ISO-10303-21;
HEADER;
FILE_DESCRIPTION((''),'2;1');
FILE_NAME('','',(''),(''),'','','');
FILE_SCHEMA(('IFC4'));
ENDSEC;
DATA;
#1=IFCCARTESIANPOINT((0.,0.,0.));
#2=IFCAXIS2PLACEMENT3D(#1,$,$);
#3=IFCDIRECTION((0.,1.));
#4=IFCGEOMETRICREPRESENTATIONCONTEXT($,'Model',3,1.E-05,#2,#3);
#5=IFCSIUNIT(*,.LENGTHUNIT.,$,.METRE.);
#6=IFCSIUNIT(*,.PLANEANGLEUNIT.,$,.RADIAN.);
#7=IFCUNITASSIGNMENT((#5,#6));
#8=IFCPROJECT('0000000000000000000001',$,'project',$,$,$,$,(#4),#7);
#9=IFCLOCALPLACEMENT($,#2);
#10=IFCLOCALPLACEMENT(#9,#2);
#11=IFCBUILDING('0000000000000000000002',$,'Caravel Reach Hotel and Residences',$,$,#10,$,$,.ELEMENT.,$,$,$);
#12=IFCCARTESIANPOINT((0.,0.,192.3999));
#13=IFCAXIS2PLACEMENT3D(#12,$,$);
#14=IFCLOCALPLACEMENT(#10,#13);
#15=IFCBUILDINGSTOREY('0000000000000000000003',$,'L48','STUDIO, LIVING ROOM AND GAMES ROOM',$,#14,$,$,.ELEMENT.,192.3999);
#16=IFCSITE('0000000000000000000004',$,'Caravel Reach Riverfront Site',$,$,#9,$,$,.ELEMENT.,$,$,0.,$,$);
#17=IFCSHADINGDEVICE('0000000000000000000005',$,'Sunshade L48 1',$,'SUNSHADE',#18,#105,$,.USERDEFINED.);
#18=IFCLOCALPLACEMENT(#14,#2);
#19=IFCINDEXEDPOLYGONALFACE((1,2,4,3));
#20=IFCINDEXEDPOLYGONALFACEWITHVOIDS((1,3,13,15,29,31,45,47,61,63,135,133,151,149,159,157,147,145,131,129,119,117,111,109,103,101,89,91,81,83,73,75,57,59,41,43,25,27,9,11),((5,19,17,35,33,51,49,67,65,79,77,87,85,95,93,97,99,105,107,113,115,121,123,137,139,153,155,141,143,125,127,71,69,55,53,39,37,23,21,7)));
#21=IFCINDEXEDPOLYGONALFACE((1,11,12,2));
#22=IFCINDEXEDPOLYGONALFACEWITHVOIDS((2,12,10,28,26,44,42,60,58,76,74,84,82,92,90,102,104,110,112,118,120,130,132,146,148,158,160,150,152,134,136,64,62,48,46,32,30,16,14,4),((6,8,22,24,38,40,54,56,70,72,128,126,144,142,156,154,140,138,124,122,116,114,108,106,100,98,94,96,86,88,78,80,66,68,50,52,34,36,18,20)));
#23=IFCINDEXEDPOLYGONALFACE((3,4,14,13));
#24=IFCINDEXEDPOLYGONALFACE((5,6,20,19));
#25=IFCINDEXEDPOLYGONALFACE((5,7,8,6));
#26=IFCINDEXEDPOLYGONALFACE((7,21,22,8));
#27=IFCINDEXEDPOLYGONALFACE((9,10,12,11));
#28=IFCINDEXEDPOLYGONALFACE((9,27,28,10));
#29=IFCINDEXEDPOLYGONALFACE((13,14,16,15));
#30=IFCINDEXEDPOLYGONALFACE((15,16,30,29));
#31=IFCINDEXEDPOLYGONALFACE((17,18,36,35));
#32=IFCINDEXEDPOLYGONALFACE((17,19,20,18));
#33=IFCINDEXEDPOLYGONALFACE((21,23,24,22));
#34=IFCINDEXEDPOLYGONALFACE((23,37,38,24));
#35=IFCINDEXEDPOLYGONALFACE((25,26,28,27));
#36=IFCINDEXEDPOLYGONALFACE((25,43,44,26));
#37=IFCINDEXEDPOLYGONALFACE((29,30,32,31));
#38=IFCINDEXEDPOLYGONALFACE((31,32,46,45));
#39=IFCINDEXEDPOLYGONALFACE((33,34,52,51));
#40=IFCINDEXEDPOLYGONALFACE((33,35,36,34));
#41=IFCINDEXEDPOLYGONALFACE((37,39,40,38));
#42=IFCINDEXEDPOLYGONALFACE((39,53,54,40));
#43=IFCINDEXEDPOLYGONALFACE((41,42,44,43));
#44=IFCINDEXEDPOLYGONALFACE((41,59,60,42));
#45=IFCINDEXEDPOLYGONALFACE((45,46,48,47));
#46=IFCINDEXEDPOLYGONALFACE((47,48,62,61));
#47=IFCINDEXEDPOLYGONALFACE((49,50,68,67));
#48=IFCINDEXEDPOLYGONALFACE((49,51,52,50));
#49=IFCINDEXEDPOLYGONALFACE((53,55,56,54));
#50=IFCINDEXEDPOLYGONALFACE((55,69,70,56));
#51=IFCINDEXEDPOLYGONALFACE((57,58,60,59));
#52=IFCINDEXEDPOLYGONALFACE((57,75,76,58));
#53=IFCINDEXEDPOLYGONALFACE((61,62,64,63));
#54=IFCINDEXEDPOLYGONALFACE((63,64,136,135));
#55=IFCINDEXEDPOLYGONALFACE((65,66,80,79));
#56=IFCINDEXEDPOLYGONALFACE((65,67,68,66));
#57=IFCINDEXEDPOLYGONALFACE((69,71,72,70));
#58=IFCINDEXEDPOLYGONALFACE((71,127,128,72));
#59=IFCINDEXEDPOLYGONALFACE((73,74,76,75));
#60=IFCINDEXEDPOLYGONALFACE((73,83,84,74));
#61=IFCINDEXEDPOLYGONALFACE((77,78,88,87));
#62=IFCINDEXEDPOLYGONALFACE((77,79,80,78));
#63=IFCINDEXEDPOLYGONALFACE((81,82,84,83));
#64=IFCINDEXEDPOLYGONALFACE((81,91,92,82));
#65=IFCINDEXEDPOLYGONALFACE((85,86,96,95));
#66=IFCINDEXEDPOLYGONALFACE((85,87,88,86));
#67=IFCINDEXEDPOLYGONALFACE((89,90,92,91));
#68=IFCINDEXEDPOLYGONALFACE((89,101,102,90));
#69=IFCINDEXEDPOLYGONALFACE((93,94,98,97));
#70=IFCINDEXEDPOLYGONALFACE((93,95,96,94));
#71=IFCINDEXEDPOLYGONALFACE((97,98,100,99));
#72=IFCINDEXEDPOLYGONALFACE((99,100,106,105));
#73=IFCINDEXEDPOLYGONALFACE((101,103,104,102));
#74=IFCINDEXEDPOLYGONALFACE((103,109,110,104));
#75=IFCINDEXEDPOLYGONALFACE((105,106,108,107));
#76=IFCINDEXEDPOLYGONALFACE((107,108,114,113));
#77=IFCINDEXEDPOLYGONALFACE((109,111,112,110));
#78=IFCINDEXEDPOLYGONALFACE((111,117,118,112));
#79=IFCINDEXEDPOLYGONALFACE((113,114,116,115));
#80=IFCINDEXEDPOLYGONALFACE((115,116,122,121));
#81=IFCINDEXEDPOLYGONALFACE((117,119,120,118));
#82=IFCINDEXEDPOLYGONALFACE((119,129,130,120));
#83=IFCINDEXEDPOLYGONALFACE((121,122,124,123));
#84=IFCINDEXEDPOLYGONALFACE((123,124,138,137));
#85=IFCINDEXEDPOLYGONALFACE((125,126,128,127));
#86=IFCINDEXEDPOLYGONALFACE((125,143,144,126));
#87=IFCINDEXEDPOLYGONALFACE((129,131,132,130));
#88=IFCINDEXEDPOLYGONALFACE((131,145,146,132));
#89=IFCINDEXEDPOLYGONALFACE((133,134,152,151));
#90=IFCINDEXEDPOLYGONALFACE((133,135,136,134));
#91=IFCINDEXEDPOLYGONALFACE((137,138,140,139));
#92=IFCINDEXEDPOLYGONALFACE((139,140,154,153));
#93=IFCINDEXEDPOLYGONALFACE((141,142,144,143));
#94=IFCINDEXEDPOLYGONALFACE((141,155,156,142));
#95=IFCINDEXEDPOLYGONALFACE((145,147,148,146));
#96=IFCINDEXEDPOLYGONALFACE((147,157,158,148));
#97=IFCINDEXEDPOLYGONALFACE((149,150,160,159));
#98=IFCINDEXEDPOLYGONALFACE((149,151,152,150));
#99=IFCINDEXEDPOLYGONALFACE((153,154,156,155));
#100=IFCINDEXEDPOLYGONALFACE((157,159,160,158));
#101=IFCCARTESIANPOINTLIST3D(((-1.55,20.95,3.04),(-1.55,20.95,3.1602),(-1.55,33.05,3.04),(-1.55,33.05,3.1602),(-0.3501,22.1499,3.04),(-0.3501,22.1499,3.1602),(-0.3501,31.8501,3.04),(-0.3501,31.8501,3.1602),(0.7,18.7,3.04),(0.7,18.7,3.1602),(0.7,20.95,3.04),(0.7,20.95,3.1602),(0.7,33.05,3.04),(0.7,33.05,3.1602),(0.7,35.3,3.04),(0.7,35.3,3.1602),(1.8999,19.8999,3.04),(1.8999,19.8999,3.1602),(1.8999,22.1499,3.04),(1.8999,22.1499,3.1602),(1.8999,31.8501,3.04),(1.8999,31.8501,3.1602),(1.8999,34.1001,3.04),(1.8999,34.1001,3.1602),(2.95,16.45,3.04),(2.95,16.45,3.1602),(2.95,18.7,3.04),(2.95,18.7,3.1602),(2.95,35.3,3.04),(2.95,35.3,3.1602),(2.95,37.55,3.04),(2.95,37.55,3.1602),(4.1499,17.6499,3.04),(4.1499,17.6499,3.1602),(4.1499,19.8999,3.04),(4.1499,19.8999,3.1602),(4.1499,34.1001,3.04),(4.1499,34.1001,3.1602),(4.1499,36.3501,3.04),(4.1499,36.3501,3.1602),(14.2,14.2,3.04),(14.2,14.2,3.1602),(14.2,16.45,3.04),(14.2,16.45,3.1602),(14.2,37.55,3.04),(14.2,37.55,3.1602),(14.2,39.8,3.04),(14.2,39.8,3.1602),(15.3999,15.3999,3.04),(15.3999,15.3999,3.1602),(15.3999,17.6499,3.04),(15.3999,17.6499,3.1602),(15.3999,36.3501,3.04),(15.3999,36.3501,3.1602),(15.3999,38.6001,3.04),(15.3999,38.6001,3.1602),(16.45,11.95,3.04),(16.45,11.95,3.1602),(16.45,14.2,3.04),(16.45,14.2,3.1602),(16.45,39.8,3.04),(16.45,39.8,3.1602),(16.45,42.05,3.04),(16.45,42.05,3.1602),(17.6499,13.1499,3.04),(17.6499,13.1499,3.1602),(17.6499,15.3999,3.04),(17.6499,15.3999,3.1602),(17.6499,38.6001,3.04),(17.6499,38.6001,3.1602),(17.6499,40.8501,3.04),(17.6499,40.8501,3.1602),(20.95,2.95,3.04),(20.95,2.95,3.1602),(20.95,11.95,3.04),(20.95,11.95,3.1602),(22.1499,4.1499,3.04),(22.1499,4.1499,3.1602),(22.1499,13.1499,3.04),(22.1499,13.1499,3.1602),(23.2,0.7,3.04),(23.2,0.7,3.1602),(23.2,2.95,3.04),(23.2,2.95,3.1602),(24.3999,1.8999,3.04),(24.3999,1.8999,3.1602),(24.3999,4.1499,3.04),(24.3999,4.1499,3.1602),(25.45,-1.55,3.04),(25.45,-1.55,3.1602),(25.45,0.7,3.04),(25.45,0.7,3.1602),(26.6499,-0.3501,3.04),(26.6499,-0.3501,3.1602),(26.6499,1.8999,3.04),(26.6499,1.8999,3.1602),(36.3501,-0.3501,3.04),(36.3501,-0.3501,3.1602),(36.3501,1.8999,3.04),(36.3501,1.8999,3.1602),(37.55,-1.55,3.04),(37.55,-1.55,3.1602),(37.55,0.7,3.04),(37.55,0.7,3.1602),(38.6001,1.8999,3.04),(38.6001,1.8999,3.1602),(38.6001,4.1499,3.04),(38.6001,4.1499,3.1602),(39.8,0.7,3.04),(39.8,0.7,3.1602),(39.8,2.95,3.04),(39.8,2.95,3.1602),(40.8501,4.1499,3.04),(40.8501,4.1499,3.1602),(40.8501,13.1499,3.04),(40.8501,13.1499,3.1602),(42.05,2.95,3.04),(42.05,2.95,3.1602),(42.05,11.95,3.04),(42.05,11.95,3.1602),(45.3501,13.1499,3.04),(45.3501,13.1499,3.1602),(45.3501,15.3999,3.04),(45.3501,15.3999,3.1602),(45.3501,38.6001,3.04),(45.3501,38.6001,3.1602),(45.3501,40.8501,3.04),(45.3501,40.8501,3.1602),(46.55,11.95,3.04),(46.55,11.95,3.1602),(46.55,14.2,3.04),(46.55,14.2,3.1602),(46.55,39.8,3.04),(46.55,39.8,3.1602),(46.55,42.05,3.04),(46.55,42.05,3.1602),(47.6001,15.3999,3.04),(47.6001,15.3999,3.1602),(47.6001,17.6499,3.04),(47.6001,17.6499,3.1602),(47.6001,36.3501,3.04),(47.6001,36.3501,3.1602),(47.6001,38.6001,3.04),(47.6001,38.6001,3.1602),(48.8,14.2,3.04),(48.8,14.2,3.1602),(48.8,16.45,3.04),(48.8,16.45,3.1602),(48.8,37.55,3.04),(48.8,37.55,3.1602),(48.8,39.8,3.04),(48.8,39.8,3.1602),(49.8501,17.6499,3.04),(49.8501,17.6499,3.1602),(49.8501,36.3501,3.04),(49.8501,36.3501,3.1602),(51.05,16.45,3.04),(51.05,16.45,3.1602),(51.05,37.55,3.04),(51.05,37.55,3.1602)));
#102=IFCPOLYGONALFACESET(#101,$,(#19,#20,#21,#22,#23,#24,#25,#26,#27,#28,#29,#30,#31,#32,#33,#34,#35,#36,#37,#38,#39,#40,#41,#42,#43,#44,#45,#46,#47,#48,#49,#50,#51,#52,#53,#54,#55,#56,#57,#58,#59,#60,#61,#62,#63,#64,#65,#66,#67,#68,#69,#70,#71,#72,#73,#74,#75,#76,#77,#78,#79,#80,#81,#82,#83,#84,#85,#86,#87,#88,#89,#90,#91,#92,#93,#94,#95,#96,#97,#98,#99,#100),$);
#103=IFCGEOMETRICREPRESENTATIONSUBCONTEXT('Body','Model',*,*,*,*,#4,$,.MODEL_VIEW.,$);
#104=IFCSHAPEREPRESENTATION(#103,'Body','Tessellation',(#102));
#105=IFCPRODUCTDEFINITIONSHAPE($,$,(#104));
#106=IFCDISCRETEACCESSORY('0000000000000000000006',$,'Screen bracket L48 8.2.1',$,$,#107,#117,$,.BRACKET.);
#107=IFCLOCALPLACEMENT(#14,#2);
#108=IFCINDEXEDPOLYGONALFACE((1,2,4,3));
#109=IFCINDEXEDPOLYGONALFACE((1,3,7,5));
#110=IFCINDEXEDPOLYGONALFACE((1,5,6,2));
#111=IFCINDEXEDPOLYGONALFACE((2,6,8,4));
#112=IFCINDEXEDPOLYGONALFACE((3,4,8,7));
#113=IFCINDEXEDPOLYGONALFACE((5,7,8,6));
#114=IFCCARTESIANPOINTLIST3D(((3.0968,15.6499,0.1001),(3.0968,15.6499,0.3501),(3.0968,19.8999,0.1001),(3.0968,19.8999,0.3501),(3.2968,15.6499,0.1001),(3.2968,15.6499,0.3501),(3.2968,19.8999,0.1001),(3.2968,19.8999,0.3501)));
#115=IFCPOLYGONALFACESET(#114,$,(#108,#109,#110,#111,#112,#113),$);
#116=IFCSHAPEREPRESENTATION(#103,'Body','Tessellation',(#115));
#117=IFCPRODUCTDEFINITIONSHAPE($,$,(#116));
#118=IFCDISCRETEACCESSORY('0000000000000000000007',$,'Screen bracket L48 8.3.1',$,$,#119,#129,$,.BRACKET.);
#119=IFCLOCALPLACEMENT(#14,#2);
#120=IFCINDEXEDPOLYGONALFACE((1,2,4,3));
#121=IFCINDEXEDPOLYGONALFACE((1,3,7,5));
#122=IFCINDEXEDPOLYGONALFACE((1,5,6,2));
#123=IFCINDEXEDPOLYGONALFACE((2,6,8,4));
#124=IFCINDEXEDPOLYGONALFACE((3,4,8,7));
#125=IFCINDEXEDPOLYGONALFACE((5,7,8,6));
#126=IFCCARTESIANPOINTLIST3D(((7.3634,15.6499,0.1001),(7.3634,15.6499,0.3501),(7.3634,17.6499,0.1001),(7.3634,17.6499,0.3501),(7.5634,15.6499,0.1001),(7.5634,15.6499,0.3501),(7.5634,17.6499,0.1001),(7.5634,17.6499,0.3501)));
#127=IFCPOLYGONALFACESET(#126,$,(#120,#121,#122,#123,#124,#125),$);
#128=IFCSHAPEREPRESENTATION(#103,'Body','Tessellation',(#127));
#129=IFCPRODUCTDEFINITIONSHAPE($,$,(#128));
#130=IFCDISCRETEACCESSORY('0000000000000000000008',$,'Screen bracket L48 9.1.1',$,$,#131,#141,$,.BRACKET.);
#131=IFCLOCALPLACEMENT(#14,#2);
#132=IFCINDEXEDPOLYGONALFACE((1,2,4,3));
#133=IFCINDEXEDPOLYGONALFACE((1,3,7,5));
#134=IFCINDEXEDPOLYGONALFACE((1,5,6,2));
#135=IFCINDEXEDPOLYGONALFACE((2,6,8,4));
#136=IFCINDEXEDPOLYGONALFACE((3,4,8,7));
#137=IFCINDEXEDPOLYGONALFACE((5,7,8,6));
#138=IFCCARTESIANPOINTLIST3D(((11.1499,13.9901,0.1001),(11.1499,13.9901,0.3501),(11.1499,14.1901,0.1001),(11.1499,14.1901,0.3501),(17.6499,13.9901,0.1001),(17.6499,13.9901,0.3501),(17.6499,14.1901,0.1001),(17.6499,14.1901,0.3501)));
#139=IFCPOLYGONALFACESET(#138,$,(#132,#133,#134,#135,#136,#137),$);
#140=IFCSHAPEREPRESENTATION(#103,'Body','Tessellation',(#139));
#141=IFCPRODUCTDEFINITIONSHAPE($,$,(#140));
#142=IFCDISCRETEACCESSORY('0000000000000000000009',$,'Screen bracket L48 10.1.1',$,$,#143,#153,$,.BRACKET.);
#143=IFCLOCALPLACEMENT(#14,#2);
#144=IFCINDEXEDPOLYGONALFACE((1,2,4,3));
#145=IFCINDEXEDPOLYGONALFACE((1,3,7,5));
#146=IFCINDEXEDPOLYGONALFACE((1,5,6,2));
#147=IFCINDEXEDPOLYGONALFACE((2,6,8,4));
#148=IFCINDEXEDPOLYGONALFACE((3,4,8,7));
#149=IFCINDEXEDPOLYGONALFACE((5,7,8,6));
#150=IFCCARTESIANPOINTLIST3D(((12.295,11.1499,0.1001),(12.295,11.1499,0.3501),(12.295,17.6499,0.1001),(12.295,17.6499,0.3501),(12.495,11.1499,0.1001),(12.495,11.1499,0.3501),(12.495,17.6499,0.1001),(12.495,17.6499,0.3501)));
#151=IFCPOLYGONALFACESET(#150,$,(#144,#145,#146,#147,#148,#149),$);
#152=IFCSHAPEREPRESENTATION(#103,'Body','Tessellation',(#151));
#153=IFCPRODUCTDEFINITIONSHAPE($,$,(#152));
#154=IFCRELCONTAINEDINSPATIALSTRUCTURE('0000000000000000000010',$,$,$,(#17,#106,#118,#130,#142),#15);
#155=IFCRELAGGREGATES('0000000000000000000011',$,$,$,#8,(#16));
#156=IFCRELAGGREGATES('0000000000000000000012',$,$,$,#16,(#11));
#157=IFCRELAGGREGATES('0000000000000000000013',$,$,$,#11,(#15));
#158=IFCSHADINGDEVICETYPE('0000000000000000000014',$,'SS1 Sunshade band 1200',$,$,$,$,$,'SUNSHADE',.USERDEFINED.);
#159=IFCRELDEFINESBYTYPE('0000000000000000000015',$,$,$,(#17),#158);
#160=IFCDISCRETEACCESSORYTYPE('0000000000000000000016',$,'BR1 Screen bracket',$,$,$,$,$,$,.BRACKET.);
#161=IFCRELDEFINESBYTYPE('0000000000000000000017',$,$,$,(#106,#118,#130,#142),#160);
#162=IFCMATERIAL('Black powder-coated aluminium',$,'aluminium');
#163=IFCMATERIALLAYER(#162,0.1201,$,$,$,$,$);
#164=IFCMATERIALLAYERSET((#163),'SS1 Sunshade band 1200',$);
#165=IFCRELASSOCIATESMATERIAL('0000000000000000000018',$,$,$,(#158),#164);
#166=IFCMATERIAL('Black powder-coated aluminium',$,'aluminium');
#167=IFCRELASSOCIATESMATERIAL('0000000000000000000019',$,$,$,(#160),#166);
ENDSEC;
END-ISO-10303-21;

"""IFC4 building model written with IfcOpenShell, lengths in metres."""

from ifc_helpers import new_model, si_unit, direction, frame, origin, origin_2d, place, context, subcontext, project, spatial, polyline, rectangle, outline, extrude, material, layer, layer_set, type_object, element, save


model = new_model("IFC4")

# Units and contexts
model_context = context("Model", 3, precision=1e-05, world=origin(), true_north=direction((0.0, 1.0)))
body_context = subcontext(model_context, "Body", "Model", "MODEL_VIEW")
ifc_project = project(units=[si_unit("LENGTHUNIT", "METRE"), si_unit("PLANEANGLEUNIT", "RADIAN")], contexts=[model_context])

# Site, building, storey
site_placement = place(None, origin())
site = spatial("IfcSite", under=ifc_project, at=site_placement, Name="Caravel Reach Riverfront Site", CompositionType="ELEMENT", RefElevation=0.0)
building_placement = place(site_placement, origin())
building = spatial("IfcBuilding", under=site, at=building_placement, Name="Caravel Reach Hotel and Residences", CompositionType="ELEMENT")
storey_placement = place(building_placement, frame((0.0, 0.0, 192.3999)))
storey = spatial("IfcBuildingStorey", under=building, at=storey_placement, Name="L48", Description="STUDIO, LIVING ROOM AND GAMES ROOM", CompositionType="ELEMENT", Elevation=192.3999)

# Shading device
ifc_material_1 = material(Name="Black powder-coated aluminium", Category="aluminium")
ifc_layer_1 = layer(ifc_material_1, 0.1201)
ifc_layer_set_1 = layer_set([ifc_layer_1], Name="SS1 Sunshade band 1200")
shading_device_type_1 = type_object("IfcShadingDeviceType", Name="SS1 Sunshade band 1200", ElementType="SUNSHADE", PredefinedType="USERDEFINED", material=ifc_layer_set_1)
shading_device_1_placement = place(storey_placement, frame((0.0, 0.0, 3.04)))
element("IfcShadingDevice", 1, at=shading_device_1_placement, inside=storey, type_object=shading_device_type_1, Name="Sunshade L48 1", ObjectType="SUNSHADE", PredefinedType="USERDEFINED", context=body_context, shape_type="SweptSolid", body=[
    extrude(outline(polyline([(42.05, 2.95), (42.05, 11.95), (46.55, 11.95), (46.55, 14.2), (48.8, 14.2), (48.8, 16.45), (51.05, 16.45), (51.05, 37.55), (48.8, 37.55), (48.8, 39.8), (46.55, 39.8), (46.55, 42.05), (16.45, 42.05), (16.45, 39.8), (14.2, 39.8), (14.2, 37.55), (2.95, 37.55), (2.95, 35.3), (0.7, 35.3), (0.7, 33.05), (-1.55, 33.05), (-1.55, 20.95), (0.7, 20.95), (0.7, 18.7), (2.95, 18.7), (2.95, 16.45), (14.2, 16.45), (14.2, 14.2), (16.45, 14.2), (16.45, 11.95), (20.95, 11.95), (20.95, 2.95), (23.2, 2.95), (23.2, 0.7), (25.45, 0.7), (25.45, -1.55), (37.55, -1.55), (37.55, 0.7), (39.8, 0.7), (39.8, 2.95), (42.05, 2.95)]), holes=[polyline([(45.3501, 13.1499), (40.8501, 13.1499), (40.8501, 4.1499), (38.6001, 4.1499), (38.6001, 1.8999), (36.3501, 1.8999), (36.3501, -0.3501), (26.6499, -0.3501), (26.6499, 1.8999), (24.3999, 1.8999), (24.3999, 4.1499), (22.1499, 4.1499), (22.1499, 13.1499), (17.6499, 13.1499), (17.6499, 15.3999), (15.3999, 15.3999), (15.3999, 17.6499), (4.1499, 17.6499), (4.1499, 19.8999), (1.8999, 19.8999), (1.8999, 22.1499), (-0.3501, 22.1499), (-0.3501, 31.8501), (1.8999, 31.8501), (1.8999, 34.1001), (4.1499, 34.1001), (4.1499, 36.3501), (15.3999, 36.3501), (15.3999, 38.6001), (17.6499, 38.6001), (17.6499, 40.8501), (45.3501, 40.8501), (45.3501, 38.6001), (47.6001, 38.6001), (47.6001, 36.3501), (49.8501, 36.3501), (49.8501, 17.6499), (47.6001, 17.6499), (47.6001, 15.3999), (45.3501, 15.3999), (45.3501, 13.1499)])]), origin(), (0.0, 0.0, 1.0), 0.1201),
])

# Discrete accessories
ifc_material_2 = material(Name="Black powder-coated aluminium", Category="aluminium")
discrete_accessory_type = type_object("IfcDiscreteAccessoryType", Name="BR1 Screen bracket", PredefinedType="BRACKET", material=ifc_material_2)
discrete_accessory_1_placement = place(storey_placement, frame((3.1968, 17.7749, 0.1001), z_axis=(0.0, 0.0, 1.0), x_axis=(0.0, -1.0, 0.0)))
element("IfcDiscreteAccessory", 2, at=discrete_accessory_1_placement, inside=storey, type_object=discrete_accessory_type, Name="Screen bracket L48 8.2.1", PredefinedType="BRACKET", context=body_context, shape_type="SweptSolid", body=[
    extrude(rectangle(XDim=4.25, YDim=0.2, at=origin_2d()), origin(), (0.0, 0.0, 1.0), 0.25),
])
discrete_accessory_2_placement = place(storey_placement, frame((7.4634, 16.6499, 0.1001), z_axis=(0.0, 0.0, 1.0), x_axis=(0.0, -1.0, 0.0)))
element("IfcDiscreteAccessory", 3, at=discrete_accessory_2_placement, inside=storey, type_object=discrete_accessory_type, Name="Screen bracket L48 8.3.1", PredefinedType="BRACKET", context=body_context, shape_type="SweptSolid", body=[
    extrude(rectangle(XDim=2.0, YDim=0.2, at=origin_2d()), origin(), (0.0, 0.0, 1.0), 0.25),
])
for number, where, z_axis, x_axis, name in (
    (4, (14.3999, 14.0901, 0.1001), (0.0, 0.0, 1.0), (-1.0, 0.0, 0.0), "Screen bracket L48 9.1.1"),
    (5, (12.395, 14.3999, 0.1001), (0.0, 0.0, 1.0), (0.0, -1.0, 0.0), "Screen bracket L48 10.1.1"),
):
    element("IfcDiscreteAccessory", number, at=place(storey_placement, frame(where, z_axis=z_axis, x_axis=x_axis)), inside=storey, type_object=discrete_accessory_type, Name=name, PredefinedType="BRACKET", context=body_context, shape_type="SweptSolid", body=[
        extrude(rectangle(XDim=6.5, YDim=0.2, at=origin_2d()), origin(), (0.0, 0.0, 1.0), 0.25),
    ])

save(model, "model.ifc")
